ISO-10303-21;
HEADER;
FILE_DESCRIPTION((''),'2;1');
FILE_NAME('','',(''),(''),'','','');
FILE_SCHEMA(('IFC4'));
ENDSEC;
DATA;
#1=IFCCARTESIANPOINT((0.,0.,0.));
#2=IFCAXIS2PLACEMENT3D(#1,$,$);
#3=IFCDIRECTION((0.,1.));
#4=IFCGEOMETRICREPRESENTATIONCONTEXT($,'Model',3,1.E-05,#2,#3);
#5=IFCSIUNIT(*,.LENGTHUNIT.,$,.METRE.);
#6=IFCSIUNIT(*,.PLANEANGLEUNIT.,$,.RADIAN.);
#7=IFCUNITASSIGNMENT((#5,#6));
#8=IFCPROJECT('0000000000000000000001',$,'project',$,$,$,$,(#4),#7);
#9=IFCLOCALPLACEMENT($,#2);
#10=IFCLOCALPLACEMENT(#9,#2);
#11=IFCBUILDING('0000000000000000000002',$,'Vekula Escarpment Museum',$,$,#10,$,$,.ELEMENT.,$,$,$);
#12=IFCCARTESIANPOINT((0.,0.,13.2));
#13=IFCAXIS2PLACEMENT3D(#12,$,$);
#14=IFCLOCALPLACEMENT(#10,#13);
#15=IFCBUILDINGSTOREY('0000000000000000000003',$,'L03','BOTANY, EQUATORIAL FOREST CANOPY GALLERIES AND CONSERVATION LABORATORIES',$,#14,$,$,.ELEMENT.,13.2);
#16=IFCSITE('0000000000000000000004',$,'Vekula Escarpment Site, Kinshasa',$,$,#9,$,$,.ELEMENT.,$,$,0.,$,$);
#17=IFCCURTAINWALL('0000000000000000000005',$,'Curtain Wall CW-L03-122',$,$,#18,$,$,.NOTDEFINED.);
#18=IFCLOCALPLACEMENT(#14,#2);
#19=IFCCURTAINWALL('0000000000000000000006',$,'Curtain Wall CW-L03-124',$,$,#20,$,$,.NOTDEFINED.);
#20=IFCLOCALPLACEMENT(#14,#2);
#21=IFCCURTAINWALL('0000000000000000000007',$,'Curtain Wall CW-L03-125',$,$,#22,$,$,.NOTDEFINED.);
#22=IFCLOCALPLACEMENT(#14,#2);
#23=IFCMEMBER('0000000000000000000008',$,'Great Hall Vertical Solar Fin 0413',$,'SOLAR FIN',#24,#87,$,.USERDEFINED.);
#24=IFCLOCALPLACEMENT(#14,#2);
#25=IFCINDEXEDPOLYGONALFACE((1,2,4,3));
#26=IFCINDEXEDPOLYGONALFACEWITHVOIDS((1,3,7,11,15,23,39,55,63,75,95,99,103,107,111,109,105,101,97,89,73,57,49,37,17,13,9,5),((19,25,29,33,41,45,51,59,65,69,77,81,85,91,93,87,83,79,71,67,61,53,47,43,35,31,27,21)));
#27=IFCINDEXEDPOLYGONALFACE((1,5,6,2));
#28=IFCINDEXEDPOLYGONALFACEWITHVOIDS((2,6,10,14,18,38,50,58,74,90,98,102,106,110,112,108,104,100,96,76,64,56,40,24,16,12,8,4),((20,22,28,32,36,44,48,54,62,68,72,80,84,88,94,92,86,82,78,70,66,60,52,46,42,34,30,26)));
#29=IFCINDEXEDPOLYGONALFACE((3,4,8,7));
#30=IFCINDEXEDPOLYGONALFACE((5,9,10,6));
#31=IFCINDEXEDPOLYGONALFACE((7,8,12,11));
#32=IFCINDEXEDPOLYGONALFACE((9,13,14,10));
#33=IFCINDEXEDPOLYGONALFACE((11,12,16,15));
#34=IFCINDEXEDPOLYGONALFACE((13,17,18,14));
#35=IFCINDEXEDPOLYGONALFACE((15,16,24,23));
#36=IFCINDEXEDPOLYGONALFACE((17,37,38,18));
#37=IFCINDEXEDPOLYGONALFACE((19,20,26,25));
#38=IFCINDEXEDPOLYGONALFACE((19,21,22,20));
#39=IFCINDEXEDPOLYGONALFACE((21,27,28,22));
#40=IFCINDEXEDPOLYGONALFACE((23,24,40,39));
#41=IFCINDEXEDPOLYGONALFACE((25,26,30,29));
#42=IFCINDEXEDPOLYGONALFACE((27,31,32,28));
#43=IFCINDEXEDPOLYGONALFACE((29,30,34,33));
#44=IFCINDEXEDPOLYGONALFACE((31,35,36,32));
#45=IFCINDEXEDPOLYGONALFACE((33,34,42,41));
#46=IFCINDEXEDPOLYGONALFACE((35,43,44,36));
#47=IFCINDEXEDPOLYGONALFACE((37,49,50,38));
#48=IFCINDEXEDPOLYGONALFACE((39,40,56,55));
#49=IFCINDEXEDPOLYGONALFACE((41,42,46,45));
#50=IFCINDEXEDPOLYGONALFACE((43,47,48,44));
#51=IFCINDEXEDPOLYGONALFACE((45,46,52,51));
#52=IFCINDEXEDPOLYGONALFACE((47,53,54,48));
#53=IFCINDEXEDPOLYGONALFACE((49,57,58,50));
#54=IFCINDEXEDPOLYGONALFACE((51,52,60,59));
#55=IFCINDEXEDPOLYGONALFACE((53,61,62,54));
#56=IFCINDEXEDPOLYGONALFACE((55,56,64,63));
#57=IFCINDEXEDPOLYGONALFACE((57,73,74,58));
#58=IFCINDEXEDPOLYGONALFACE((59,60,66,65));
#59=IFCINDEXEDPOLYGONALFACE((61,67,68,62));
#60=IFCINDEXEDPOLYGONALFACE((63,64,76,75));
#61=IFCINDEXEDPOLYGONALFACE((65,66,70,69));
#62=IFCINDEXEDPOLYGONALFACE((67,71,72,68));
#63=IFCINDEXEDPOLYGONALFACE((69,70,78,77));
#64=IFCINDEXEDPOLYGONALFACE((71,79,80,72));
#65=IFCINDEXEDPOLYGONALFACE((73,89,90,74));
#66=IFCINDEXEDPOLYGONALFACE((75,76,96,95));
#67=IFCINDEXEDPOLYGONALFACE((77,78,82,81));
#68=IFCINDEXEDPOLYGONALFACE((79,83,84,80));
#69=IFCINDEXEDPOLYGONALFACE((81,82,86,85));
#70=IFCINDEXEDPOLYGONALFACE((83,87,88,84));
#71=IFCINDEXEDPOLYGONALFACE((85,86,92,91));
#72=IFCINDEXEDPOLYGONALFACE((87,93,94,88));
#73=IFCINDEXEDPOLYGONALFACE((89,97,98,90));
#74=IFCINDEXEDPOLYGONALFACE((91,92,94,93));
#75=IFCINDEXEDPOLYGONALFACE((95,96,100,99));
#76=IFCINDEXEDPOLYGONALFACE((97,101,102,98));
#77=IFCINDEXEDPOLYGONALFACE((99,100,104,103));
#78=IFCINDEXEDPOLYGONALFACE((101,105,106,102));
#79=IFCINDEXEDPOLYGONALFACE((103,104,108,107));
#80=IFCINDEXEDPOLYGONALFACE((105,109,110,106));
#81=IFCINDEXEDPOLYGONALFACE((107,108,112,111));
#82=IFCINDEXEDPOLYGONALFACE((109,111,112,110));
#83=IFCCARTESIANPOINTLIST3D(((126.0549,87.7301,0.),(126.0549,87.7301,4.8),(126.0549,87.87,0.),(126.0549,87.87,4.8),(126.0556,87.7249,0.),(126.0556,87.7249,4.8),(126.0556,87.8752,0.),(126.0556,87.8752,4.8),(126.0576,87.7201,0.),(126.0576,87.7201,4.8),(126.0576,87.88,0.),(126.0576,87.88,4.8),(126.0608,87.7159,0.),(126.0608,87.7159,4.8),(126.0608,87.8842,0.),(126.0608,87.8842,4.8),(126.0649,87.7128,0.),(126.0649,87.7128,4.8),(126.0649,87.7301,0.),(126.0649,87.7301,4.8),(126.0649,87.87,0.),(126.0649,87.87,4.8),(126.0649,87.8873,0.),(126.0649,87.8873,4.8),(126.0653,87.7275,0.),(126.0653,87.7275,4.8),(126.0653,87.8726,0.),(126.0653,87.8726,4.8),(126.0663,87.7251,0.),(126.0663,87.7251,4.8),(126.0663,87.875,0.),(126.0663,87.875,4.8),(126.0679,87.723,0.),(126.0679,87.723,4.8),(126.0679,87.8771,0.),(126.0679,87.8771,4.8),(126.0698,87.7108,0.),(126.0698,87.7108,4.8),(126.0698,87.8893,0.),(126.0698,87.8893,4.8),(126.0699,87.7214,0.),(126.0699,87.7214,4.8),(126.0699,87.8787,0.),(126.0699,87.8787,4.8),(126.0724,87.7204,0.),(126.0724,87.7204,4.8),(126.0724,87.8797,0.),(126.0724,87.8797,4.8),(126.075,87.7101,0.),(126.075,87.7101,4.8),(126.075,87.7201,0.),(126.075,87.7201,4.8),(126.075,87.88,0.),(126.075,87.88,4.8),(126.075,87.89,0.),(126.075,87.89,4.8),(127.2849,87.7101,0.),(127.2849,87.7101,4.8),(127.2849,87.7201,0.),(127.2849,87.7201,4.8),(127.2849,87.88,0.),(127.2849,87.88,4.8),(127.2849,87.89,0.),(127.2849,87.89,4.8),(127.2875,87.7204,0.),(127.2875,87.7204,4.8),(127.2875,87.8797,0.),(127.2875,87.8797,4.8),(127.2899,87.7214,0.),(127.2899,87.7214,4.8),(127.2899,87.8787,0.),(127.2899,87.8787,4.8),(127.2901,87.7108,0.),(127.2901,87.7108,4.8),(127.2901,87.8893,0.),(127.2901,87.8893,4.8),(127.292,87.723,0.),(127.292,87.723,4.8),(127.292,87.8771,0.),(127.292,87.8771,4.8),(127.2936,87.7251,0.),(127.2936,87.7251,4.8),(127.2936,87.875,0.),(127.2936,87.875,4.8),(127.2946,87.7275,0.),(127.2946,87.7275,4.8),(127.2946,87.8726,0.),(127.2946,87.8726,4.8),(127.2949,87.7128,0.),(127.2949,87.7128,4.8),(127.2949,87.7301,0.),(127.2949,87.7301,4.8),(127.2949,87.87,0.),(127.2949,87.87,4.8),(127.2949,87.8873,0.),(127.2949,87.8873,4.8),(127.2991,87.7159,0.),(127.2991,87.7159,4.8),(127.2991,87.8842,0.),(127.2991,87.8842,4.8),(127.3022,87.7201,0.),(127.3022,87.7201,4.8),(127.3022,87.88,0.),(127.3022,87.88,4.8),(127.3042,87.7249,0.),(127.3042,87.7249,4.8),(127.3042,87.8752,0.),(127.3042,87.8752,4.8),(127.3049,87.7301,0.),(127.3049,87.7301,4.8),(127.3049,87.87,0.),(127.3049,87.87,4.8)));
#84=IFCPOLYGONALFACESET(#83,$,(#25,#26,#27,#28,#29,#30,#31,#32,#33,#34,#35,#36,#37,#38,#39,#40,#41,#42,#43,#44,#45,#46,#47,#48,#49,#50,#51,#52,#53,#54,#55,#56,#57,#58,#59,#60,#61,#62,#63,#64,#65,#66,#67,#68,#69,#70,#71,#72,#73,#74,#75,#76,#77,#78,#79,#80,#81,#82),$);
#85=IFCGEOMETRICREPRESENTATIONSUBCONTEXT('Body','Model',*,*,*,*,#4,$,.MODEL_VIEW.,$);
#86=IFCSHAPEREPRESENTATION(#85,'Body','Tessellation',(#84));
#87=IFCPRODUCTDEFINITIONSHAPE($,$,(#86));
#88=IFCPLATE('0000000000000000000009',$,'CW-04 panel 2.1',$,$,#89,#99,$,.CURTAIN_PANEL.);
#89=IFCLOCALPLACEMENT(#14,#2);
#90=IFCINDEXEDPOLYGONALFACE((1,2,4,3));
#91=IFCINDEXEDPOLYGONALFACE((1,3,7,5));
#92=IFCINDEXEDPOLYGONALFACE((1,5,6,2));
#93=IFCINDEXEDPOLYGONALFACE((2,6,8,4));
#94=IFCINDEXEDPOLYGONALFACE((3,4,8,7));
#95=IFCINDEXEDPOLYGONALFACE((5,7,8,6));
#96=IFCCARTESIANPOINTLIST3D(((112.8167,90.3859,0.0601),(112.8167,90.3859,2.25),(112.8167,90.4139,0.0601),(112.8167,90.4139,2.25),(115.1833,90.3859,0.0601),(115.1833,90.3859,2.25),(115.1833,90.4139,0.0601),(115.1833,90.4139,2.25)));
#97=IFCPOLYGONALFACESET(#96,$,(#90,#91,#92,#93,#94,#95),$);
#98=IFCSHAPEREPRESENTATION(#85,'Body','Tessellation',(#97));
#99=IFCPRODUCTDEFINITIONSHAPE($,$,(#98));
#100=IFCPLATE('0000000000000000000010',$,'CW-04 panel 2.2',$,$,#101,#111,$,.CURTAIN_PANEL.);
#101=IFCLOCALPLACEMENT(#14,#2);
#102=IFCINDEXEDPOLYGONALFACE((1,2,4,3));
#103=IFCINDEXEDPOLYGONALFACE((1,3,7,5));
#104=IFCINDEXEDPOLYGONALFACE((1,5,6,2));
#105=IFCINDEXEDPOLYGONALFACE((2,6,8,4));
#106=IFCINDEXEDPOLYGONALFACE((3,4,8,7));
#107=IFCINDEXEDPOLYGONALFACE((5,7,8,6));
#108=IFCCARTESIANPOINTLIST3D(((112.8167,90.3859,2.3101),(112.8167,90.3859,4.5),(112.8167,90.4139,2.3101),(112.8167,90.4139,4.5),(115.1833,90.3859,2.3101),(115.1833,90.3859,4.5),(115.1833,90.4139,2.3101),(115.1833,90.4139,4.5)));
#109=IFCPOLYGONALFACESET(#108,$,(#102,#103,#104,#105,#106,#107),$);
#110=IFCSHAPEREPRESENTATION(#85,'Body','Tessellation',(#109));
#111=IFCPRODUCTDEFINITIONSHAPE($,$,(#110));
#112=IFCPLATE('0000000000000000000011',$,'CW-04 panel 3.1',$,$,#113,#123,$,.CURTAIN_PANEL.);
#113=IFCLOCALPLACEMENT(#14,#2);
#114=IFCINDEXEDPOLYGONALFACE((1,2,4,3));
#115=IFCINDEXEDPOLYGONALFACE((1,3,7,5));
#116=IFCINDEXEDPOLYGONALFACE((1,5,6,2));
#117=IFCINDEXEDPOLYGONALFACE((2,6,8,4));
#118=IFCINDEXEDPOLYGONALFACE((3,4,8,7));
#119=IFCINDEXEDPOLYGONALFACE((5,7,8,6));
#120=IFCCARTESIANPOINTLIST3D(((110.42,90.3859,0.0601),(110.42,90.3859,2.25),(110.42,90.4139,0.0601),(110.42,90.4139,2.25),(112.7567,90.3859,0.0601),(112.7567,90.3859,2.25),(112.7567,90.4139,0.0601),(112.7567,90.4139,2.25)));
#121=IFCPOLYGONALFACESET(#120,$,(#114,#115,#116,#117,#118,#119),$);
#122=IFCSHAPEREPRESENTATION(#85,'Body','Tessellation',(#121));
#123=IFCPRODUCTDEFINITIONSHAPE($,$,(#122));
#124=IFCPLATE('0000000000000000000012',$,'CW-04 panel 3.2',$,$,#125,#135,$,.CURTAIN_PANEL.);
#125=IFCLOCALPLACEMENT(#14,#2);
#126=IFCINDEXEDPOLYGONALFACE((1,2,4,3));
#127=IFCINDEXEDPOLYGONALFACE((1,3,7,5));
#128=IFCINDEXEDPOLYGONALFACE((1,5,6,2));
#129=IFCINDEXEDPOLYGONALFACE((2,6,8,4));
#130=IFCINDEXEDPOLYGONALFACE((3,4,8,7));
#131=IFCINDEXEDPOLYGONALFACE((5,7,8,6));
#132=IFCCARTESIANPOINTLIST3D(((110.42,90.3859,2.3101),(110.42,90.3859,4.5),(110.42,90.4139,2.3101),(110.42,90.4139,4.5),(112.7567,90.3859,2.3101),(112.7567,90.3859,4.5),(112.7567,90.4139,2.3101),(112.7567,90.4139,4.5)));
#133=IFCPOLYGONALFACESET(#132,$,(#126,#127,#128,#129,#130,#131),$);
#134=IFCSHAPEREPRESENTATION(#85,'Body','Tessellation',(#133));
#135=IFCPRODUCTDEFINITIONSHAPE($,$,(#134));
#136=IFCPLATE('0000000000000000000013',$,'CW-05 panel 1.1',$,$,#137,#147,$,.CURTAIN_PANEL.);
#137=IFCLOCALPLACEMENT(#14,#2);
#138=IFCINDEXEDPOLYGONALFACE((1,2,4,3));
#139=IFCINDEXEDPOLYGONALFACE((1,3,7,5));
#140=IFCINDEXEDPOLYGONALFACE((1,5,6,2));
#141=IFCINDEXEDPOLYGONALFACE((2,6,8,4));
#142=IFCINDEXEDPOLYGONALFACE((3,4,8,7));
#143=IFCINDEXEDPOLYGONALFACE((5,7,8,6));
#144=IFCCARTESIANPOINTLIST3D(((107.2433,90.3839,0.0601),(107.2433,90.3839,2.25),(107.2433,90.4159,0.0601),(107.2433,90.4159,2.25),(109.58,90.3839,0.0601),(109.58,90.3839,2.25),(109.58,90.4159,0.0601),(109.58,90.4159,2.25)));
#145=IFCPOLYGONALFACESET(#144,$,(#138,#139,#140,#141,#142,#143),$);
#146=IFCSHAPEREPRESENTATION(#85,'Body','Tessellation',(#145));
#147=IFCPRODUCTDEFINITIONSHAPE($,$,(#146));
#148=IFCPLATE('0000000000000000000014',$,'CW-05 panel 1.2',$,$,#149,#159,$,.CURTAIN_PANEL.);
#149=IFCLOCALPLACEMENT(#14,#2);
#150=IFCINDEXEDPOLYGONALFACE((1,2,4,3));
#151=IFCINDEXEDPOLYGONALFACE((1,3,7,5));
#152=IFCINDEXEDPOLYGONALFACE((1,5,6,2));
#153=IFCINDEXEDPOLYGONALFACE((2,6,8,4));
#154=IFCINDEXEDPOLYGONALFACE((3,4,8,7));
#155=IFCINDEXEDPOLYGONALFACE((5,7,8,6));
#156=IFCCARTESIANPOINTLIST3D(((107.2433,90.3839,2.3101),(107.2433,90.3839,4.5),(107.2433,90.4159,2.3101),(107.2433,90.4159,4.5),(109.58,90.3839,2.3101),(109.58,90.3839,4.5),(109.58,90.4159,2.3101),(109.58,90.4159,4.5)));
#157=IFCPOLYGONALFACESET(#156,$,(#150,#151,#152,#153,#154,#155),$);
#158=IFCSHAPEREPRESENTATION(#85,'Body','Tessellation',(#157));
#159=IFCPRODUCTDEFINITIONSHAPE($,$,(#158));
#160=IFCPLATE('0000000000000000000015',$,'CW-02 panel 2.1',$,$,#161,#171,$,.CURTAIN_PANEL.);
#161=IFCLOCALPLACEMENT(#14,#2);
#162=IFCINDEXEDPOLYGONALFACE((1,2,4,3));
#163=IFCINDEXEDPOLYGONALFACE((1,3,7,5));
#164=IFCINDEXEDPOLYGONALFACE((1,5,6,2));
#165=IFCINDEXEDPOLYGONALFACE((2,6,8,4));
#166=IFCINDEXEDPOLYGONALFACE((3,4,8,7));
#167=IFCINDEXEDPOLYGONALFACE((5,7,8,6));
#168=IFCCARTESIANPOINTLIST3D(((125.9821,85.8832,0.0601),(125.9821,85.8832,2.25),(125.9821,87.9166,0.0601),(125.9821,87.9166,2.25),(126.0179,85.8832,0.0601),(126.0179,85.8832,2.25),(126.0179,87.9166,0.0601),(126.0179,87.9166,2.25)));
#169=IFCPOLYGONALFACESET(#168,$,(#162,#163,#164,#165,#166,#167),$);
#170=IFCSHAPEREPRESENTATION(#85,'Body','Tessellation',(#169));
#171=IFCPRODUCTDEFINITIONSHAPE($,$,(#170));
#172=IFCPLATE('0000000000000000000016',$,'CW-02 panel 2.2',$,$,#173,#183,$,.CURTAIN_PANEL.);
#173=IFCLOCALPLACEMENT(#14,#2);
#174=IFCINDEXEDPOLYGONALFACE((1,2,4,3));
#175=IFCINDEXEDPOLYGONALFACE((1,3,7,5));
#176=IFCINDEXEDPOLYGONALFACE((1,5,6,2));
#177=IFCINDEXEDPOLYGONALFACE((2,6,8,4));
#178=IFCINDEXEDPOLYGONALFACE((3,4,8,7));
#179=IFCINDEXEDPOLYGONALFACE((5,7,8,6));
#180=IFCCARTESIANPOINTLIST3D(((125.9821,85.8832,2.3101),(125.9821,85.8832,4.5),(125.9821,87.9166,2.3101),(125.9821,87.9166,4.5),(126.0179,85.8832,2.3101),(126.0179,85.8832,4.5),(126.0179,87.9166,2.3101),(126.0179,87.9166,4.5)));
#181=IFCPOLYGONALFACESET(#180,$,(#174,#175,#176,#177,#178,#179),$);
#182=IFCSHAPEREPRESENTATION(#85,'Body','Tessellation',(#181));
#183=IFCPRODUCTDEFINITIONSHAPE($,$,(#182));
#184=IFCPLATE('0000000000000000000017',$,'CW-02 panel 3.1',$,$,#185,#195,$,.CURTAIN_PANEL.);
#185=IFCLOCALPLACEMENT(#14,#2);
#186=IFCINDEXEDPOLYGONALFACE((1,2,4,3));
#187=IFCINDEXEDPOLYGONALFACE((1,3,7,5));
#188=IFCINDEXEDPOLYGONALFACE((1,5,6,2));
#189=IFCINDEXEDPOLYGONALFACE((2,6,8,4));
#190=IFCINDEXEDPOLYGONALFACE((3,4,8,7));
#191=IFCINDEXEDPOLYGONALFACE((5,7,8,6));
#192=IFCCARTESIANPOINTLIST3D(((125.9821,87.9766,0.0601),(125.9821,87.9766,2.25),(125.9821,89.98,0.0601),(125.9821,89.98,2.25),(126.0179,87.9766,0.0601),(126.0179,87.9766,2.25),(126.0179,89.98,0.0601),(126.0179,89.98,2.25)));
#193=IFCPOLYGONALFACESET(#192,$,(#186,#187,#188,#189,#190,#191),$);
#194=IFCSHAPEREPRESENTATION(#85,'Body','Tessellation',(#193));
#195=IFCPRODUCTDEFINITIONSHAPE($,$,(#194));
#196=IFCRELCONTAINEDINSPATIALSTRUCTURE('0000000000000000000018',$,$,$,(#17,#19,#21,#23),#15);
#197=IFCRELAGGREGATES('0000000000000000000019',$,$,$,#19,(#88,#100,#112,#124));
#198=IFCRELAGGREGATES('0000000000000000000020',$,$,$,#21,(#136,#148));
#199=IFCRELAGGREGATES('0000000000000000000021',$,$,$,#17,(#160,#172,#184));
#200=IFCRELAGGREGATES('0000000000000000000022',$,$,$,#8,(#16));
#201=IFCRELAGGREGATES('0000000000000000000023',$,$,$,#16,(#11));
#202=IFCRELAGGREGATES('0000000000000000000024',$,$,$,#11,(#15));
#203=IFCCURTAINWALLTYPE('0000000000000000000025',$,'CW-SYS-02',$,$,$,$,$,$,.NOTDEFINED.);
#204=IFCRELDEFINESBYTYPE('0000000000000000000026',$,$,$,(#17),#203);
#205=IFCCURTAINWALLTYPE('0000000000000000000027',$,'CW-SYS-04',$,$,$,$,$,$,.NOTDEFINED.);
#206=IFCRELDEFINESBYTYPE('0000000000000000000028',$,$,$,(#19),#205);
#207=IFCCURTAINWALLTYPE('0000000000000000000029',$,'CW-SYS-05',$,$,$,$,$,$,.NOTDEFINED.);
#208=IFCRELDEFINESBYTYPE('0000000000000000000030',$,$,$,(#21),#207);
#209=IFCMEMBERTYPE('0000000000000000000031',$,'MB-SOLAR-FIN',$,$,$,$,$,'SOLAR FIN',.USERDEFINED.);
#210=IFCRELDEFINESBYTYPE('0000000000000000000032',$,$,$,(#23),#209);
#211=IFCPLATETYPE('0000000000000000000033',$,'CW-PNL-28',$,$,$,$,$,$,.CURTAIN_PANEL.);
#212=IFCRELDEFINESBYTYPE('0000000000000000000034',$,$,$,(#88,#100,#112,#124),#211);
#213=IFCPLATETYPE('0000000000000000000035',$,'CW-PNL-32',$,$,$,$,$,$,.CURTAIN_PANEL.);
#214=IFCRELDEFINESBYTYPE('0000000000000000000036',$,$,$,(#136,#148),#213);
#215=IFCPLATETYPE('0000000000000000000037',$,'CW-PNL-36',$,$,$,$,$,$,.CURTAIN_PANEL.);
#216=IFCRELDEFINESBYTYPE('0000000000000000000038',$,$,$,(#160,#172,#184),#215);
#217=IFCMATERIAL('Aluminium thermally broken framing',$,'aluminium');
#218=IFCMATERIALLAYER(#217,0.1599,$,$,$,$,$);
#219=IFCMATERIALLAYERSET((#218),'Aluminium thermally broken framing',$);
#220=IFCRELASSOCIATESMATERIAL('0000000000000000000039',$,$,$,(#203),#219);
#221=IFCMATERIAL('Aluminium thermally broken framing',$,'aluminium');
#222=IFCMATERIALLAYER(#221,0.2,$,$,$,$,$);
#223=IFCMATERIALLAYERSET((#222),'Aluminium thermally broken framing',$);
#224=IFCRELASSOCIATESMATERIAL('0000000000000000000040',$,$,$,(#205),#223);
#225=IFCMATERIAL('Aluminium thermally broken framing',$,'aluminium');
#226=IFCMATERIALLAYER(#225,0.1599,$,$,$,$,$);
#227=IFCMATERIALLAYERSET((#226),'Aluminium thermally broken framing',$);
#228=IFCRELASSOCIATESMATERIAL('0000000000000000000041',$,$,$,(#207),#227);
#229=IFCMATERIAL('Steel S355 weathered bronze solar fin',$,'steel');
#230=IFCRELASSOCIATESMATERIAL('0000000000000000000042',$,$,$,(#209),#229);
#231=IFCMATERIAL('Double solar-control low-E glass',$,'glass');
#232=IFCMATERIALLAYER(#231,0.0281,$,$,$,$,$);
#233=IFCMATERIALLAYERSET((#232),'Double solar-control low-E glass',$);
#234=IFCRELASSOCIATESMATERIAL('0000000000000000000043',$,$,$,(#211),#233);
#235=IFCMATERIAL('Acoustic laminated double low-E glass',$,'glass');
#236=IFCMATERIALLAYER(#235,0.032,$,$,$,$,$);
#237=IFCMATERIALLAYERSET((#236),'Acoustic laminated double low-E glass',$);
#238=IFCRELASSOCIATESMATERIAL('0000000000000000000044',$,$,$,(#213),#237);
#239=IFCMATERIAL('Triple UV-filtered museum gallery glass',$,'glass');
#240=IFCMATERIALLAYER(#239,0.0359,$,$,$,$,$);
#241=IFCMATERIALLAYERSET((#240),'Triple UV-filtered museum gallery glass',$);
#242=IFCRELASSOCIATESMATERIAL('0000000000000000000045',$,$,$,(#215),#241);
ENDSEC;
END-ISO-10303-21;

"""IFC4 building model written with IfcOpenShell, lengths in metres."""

from ifc_helpers import new_model, si_unit, direction, frame, origin, origin_2d, place, context, subcontext, project, spatial, rectangle, hollow_rectangle, extrude, material, layer, layer_set, material_profile, profile_set, type_object, element, aggregate, save


model = new_model("IFC4")

# Units and contexts
model_context = context("Model", 3, precision=1e-05, world=origin(), true_north=direction((0.0, 1.0)))
body_context = subcontext(model_context, "Body", "Model", "MODEL_VIEW")
ifc_project = project(units=[si_unit("LENGTHUNIT", "METRE"), si_unit("PLANEANGLEUNIT", "RADIAN")], contexts=[model_context])

# Site, building, storey
site_placement = place(None, origin())
site = spatial("IfcSite", under=ifc_project, at=site_placement, Name="Vekula Escarpment Site, Kinshasa", CompositionType="ELEMENT", RefElevation=0.0)
building_placement = place(site_placement, origin())
building = spatial("IfcBuilding", under=site, at=building_placement, Name="Vekula Escarpment Museum", CompositionType="ELEMENT")
storey_placement = place(building_placement, frame((0.0, 0.0, 13.2)))
storey = spatial("IfcBuildingStorey", under=building, at=storey_placement, Name="L03", Description="BOTANY, EQUATORIAL FOREST CANOPY GALLERIES AND CONSERVATION LABORATORIES", CompositionType="ELEMENT", Elevation=13.2)

# Curtain walls
ifc_material_1 = material(Name="Aluminium thermally broken framing", Category="aluminium")
ifc_layer_1 = layer(ifc_material_1, 0.1599)
ifc_layer_set_1 = layer_set([ifc_layer_1], Name="Aluminium thermally broken framing")
curtain_wall_type_1 = type_object("IfcCurtainWallType", Name="CW-SYS-02", PredefinedType="NOTDEFINED", material=ifc_layer_set_1)
curtain_wall_1_placement = place(storey_placement, origin())
curtain_wall_1 = element("IfcCurtainWall", 1, at=curtain_wall_1_placement, inside=storey, type_object=curtain_wall_type_1, Name="Curtain Wall CW-L03-122", PredefinedType="NOTDEFINED")
ifc_material_2 = material(Name="Aluminium thermally broken framing", Category="aluminium")
ifc_layer_2 = layer(ifc_material_2, 0.2)
ifc_layer_set_2 = layer_set([ifc_layer_2], Name="Aluminium thermally broken framing")
curtain_wall_type_2 = type_object("IfcCurtainWallType", Name="CW-SYS-04", PredefinedType="NOTDEFINED", material=ifc_layer_set_2)
curtain_wall_2_placement = place(storey_placement, origin())
curtain_wall_2 = element("IfcCurtainWall", 2, at=curtain_wall_2_placement, inside=storey, type_object=curtain_wall_type_2, Name="Curtain Wall CW-L03-124", PredefinedType="NOTDEFINED")
ifc_material_3 = material(Name="Aluminium thermally broken framing", Category="aluminium")
ifc_layer_3 = layer(ifc_material_3, 0.1599)
ifc_layer_set_3 = layer_set([ifc_layer_3], Name="Aluminium thermally broken framing")
curtain_wall_type_3 = type_object("IfcCurtainWallType", Name="CW-SYS-05", PredefinedType="NOTDEFINED", material=ifc_layer_set_3)
curtain_wall_3_placement = place(storey_placement, origin())
curtain_wall_3 = element("IfcCurtainWall", 3, at=curtain_wall_3_placement, inside=storey, type_object=curtain_wall_type_3, Name="Curtain Wall CW-L03-125", PredefinedType="NOTDEFINED")

# Member
ifc_material_4 = material(Name="Steel S355 weathered bronze solar fin", Category="steel")
ifc_material_profile_1 = material_profile(ifc_material_4, hollow_rectangle(XDim=0.1799, YDim=1.25, WallThickness=0.01, InnerFilletRadius=0.01, OuterFilletRadius=0.02, at=origin_2d()), Name="RHS 1250x180x10")
ifc_profile_set_1 = profile_set([ifc_material_profile_1], Name="Steel S355 weathered bronze solar fin")
member_type_1 = type_object("IfcMemberType", Name="MB-SOLAR-FIN", ElementType="SOLAR FIN", PredefinedType="USERDEFINED", material=ifc_profile_set_1)
member_1_placement = place(storey_placement, frame((126.6799, 87.8, 0.0), z_axis=(0.0, 0.0, 1.0), x_axis=(0.0, 1.0, 0.0)))
element("IfcMember", 4, at=member_1_placement, inside=storey, type_object=member_type_1, Name="Great Hall Vertical Solar Fin 0413", ObjectType="SOLAR FIN", PredefinedType="USERDEFINED", context=body_context, shape_type="SweptSolid", body=[
    extrude(hollow_rectangle(XDim=0.1799, YDim=1.25, WallThickness=0.01, InnerFilletRadius=0.01, OuterFilletRadius=0.02, at=origin_2d()), origin(), (0.0, 0.0, 1.0), 4.8),
])

# Plates
ifc_material_5 = material(Name="Double solar-control low-E glass", Category="glass")
ifc_layer_4 = layer(ifc_material_5, 0.0281)
ifc_layer_set_4 = layer_set([ifc_layer_4], Name="Double solar-control low-E glass")
plate_type_1 = type_object("IfcPlateType", Name="CW-PNL-28", PredefinedType="CURTAIN_PANEL", material=ifc_layer_set_4)
plate_1_placement = place(storey_placement, frame((114.0, 90.3999, 0.0601), z_axis=(0.0, 0.0, 1.0), x_axis=(-1.0, 0.0, 0.0)))
plate_1 = element("IfcPlate", 5, at=plate_1_placement, type_object=plate_type_1, Name="CW-04 panel 2.1", PredefinedType="CURTAIN_PANEL", context=body_context, shape_type="SweptSolid", body=[
    extrude(rectangle(XDim=2.3667, YDim=0.0281, at=origin_2d()), origin(), (0.0, 0.0, 1.0), 2.1899),
])
plate_2_placement = place(storey_placement, frame((114.0, 90.3999, 2.3101), z_axis=(0.0, 0.0, 1.0), x_axis=(-1.0, 0.0, 0.0)))
plate_2 = element("IfcPlate", 6, at=plate_2_placement, type_object=plate_type_1, Name="CW-04 panel 2.2", PredefinedType="CURTAIN_PANEL", context=body_context, shape_type="SweptSolid", body=[
    extrude(rectangle(XDim=2.3667, YDim=0.0281, at=origin_2d()), origin(), (0.0, 0.0, 1.0), 2.1899),
])
plate_3_placement = place(storey_placement, frame((111.5884, 90.3999, 0.0601), z_axis=(0.0, 0.0, 1.0), x_axis=(-1.0, 0.0, 0.0)))
plate_3 = element("IfcPlate", 7, at=plate_3_placement, type_object=plate_type_1, Name="CW-04 panel 3.1", PredefinedType="CURTAIN_PANEL", context=body_context, shape_type="SweptSolid", body=[
    extrude(rectangle(XDim=2.3367, YDim=0.0281, at=origin_2d()), origin(), (0.0, 0.0, 1.0), 2.1899),
])
plate_4_placement = place(storey_placement, frame((111.5884, 90.3999, 2.3101), z_axis=(0.0, 0.0, 1.0), x_axis=(-1.0, 0.0, 0.0)))
plate_4 = element("IfcPlate", 8, at=plate_4_placement, type_object=plate_type_1, Name="CW-04 panel 3.2", PredefinedType="CURTAIN_PANEL", context=body_context, shape_type="SweptSolid", body=[
    extrude(rectangle(XDim=2.3367, YDim=0.0281, at=origin_2d()), origin(), (0.0, 0.0, 1.0), 2.1899),
])
aggregate(curtain_wall_2, [plate_1, plate_2, plate_3, plate_4])
ifc_material_6 = material(Name="Acoustic laminated double low-E glass", Category="glass")
ifc_layer_5 = layer(ifc_material_6, 0.032)
ifc_layer_set_5 = layer_set([ifc_layer_5], Name="Acoustic laminated double low-E glass")
plate_type_2 = type_object("IfcPlateType", Name="CW-PNL-32", PredefinedType="CURTAIN_PANEL", material=ifc_layer_set_5)
plate_5_placement = place(storey_placement, frame((108.4116, 90.3999, 0.0601), z_axis=(0.0, 0.0, 1.0), x_axis=(-1.0, 0.0, 0.0)))
plate_5 = element("IfcPlate", 9, at=plate_5_placement, type_object=plate_type_2, Name="CW-05 panel 1.1", PredefinedType="CURTAIN_PANEL", context=body_context, shape_type="SweptSolid", body=[
    extrude(rectangle(XDim=2.3367, YDim=0.032, at=origin_2d()), origin(), (0.0, 0.0, 1.0), 2.1899),
])
plate_6_placement = place(storey_placement, frame((108.4116, 90.3999, 2.3101), z_axis=(0.0, 0.0, 1.0), x_axis=(-1.0, 0.0, 0.0)))
plate_6 = element("IfcPlate", 10, at=plate_6_placement, type_object=plate_type_2, Name="CW-05 panel 1.2", PredefinedType="CURTAIN_PANEL", context=body_context, shape_type="SweptSolid", body=[
    extrude(rectangle(XDim=2.3367, YDim=0.032, at=origin_2d()), origin(), (0.0, 0.0, 1.0), 2.1899),
])
aggregate(curtain_wall_3, [plate_5, plate_6])
ifc_material_7 = material(Name="Triple UV-filtered museum gallery glass", Category="glass")
ifc_layer_6 = layer(ifc_material_7, 0.0359)
ifc_layer_set_6 = layer_set([ifc_layer_6], Name="Triple UV-filtered museum gallery glass")
plate_type_3 = type_object("IfcPlateType", Name="CW-PNL-36", PredefinedType="CURTAIN_PANEL", material=ifc_layer_set_6)
plate_7_placement = place(storey_placement, frame((126.0, 86.8999, 0.0601), z_axis=(0.0, 0.0, 1.0), x_axis=(0.0, 1.0, 0.0)))
plate_7 = element("IfcPlate", 11, at=plate_7_placement, type_object=plate_type_3, Name="CW-02 panel 2.1", PredefinedType="CURTAIN_PANEL", context=body_context, shape_type="SweptSolid", body=[
    extrude(rectangle(XDim=2.0334, YDim=0.0359, at=origin_2d()), origin(), (0.0, 0.0, 1.0), 2.1899),
])
plate_8_placement = place(storey_placement, frame((126.0, 86.8999, 2.3101), z_axis=(0.0, 0.0, 1.0), x_axis=(0.0, 1.0, 0.0)))
plate_8 = element("IfcPlate", 12, at=plate_8_placement, type_object=plate_type_3, Name="CW-02 panel 2.2", PredefinedType="CURTAIN_PANEL", context=body_context, shape_type="SweptSolid", body=[
    extrude(rectangle(XDim=2.0334, YDim=0.0359, at=origin_2d()), origin(), (0.0, 0.0, 1.0), 2.1899),
])
plate_9_placement = place(storey_placement, frame((126.0, 88.9783, 0.0601), z_axis=(0.0, 0.0, 1.0), x_axis=(0.0, 1.0, 0.0)))
plate_9 = element("IfcPlate", 13, at=plate_9_placement, type_object=plate_type_3, Name="CW-02 panel 3.1", PredefinedType="CURTAIN_PANEL", context=body_context, shape_type="SweptSolid", body=[
    extrude(rectangle(XDim=2.0034, YDim=0.0359, at=origin_2d()), origin(), (0.0, 0.0, 1.0), 2.1899),
])
aggregate(curtain_wall_1, [plate_7, plate_8, plate_9])

save(model, "model.ifc")
